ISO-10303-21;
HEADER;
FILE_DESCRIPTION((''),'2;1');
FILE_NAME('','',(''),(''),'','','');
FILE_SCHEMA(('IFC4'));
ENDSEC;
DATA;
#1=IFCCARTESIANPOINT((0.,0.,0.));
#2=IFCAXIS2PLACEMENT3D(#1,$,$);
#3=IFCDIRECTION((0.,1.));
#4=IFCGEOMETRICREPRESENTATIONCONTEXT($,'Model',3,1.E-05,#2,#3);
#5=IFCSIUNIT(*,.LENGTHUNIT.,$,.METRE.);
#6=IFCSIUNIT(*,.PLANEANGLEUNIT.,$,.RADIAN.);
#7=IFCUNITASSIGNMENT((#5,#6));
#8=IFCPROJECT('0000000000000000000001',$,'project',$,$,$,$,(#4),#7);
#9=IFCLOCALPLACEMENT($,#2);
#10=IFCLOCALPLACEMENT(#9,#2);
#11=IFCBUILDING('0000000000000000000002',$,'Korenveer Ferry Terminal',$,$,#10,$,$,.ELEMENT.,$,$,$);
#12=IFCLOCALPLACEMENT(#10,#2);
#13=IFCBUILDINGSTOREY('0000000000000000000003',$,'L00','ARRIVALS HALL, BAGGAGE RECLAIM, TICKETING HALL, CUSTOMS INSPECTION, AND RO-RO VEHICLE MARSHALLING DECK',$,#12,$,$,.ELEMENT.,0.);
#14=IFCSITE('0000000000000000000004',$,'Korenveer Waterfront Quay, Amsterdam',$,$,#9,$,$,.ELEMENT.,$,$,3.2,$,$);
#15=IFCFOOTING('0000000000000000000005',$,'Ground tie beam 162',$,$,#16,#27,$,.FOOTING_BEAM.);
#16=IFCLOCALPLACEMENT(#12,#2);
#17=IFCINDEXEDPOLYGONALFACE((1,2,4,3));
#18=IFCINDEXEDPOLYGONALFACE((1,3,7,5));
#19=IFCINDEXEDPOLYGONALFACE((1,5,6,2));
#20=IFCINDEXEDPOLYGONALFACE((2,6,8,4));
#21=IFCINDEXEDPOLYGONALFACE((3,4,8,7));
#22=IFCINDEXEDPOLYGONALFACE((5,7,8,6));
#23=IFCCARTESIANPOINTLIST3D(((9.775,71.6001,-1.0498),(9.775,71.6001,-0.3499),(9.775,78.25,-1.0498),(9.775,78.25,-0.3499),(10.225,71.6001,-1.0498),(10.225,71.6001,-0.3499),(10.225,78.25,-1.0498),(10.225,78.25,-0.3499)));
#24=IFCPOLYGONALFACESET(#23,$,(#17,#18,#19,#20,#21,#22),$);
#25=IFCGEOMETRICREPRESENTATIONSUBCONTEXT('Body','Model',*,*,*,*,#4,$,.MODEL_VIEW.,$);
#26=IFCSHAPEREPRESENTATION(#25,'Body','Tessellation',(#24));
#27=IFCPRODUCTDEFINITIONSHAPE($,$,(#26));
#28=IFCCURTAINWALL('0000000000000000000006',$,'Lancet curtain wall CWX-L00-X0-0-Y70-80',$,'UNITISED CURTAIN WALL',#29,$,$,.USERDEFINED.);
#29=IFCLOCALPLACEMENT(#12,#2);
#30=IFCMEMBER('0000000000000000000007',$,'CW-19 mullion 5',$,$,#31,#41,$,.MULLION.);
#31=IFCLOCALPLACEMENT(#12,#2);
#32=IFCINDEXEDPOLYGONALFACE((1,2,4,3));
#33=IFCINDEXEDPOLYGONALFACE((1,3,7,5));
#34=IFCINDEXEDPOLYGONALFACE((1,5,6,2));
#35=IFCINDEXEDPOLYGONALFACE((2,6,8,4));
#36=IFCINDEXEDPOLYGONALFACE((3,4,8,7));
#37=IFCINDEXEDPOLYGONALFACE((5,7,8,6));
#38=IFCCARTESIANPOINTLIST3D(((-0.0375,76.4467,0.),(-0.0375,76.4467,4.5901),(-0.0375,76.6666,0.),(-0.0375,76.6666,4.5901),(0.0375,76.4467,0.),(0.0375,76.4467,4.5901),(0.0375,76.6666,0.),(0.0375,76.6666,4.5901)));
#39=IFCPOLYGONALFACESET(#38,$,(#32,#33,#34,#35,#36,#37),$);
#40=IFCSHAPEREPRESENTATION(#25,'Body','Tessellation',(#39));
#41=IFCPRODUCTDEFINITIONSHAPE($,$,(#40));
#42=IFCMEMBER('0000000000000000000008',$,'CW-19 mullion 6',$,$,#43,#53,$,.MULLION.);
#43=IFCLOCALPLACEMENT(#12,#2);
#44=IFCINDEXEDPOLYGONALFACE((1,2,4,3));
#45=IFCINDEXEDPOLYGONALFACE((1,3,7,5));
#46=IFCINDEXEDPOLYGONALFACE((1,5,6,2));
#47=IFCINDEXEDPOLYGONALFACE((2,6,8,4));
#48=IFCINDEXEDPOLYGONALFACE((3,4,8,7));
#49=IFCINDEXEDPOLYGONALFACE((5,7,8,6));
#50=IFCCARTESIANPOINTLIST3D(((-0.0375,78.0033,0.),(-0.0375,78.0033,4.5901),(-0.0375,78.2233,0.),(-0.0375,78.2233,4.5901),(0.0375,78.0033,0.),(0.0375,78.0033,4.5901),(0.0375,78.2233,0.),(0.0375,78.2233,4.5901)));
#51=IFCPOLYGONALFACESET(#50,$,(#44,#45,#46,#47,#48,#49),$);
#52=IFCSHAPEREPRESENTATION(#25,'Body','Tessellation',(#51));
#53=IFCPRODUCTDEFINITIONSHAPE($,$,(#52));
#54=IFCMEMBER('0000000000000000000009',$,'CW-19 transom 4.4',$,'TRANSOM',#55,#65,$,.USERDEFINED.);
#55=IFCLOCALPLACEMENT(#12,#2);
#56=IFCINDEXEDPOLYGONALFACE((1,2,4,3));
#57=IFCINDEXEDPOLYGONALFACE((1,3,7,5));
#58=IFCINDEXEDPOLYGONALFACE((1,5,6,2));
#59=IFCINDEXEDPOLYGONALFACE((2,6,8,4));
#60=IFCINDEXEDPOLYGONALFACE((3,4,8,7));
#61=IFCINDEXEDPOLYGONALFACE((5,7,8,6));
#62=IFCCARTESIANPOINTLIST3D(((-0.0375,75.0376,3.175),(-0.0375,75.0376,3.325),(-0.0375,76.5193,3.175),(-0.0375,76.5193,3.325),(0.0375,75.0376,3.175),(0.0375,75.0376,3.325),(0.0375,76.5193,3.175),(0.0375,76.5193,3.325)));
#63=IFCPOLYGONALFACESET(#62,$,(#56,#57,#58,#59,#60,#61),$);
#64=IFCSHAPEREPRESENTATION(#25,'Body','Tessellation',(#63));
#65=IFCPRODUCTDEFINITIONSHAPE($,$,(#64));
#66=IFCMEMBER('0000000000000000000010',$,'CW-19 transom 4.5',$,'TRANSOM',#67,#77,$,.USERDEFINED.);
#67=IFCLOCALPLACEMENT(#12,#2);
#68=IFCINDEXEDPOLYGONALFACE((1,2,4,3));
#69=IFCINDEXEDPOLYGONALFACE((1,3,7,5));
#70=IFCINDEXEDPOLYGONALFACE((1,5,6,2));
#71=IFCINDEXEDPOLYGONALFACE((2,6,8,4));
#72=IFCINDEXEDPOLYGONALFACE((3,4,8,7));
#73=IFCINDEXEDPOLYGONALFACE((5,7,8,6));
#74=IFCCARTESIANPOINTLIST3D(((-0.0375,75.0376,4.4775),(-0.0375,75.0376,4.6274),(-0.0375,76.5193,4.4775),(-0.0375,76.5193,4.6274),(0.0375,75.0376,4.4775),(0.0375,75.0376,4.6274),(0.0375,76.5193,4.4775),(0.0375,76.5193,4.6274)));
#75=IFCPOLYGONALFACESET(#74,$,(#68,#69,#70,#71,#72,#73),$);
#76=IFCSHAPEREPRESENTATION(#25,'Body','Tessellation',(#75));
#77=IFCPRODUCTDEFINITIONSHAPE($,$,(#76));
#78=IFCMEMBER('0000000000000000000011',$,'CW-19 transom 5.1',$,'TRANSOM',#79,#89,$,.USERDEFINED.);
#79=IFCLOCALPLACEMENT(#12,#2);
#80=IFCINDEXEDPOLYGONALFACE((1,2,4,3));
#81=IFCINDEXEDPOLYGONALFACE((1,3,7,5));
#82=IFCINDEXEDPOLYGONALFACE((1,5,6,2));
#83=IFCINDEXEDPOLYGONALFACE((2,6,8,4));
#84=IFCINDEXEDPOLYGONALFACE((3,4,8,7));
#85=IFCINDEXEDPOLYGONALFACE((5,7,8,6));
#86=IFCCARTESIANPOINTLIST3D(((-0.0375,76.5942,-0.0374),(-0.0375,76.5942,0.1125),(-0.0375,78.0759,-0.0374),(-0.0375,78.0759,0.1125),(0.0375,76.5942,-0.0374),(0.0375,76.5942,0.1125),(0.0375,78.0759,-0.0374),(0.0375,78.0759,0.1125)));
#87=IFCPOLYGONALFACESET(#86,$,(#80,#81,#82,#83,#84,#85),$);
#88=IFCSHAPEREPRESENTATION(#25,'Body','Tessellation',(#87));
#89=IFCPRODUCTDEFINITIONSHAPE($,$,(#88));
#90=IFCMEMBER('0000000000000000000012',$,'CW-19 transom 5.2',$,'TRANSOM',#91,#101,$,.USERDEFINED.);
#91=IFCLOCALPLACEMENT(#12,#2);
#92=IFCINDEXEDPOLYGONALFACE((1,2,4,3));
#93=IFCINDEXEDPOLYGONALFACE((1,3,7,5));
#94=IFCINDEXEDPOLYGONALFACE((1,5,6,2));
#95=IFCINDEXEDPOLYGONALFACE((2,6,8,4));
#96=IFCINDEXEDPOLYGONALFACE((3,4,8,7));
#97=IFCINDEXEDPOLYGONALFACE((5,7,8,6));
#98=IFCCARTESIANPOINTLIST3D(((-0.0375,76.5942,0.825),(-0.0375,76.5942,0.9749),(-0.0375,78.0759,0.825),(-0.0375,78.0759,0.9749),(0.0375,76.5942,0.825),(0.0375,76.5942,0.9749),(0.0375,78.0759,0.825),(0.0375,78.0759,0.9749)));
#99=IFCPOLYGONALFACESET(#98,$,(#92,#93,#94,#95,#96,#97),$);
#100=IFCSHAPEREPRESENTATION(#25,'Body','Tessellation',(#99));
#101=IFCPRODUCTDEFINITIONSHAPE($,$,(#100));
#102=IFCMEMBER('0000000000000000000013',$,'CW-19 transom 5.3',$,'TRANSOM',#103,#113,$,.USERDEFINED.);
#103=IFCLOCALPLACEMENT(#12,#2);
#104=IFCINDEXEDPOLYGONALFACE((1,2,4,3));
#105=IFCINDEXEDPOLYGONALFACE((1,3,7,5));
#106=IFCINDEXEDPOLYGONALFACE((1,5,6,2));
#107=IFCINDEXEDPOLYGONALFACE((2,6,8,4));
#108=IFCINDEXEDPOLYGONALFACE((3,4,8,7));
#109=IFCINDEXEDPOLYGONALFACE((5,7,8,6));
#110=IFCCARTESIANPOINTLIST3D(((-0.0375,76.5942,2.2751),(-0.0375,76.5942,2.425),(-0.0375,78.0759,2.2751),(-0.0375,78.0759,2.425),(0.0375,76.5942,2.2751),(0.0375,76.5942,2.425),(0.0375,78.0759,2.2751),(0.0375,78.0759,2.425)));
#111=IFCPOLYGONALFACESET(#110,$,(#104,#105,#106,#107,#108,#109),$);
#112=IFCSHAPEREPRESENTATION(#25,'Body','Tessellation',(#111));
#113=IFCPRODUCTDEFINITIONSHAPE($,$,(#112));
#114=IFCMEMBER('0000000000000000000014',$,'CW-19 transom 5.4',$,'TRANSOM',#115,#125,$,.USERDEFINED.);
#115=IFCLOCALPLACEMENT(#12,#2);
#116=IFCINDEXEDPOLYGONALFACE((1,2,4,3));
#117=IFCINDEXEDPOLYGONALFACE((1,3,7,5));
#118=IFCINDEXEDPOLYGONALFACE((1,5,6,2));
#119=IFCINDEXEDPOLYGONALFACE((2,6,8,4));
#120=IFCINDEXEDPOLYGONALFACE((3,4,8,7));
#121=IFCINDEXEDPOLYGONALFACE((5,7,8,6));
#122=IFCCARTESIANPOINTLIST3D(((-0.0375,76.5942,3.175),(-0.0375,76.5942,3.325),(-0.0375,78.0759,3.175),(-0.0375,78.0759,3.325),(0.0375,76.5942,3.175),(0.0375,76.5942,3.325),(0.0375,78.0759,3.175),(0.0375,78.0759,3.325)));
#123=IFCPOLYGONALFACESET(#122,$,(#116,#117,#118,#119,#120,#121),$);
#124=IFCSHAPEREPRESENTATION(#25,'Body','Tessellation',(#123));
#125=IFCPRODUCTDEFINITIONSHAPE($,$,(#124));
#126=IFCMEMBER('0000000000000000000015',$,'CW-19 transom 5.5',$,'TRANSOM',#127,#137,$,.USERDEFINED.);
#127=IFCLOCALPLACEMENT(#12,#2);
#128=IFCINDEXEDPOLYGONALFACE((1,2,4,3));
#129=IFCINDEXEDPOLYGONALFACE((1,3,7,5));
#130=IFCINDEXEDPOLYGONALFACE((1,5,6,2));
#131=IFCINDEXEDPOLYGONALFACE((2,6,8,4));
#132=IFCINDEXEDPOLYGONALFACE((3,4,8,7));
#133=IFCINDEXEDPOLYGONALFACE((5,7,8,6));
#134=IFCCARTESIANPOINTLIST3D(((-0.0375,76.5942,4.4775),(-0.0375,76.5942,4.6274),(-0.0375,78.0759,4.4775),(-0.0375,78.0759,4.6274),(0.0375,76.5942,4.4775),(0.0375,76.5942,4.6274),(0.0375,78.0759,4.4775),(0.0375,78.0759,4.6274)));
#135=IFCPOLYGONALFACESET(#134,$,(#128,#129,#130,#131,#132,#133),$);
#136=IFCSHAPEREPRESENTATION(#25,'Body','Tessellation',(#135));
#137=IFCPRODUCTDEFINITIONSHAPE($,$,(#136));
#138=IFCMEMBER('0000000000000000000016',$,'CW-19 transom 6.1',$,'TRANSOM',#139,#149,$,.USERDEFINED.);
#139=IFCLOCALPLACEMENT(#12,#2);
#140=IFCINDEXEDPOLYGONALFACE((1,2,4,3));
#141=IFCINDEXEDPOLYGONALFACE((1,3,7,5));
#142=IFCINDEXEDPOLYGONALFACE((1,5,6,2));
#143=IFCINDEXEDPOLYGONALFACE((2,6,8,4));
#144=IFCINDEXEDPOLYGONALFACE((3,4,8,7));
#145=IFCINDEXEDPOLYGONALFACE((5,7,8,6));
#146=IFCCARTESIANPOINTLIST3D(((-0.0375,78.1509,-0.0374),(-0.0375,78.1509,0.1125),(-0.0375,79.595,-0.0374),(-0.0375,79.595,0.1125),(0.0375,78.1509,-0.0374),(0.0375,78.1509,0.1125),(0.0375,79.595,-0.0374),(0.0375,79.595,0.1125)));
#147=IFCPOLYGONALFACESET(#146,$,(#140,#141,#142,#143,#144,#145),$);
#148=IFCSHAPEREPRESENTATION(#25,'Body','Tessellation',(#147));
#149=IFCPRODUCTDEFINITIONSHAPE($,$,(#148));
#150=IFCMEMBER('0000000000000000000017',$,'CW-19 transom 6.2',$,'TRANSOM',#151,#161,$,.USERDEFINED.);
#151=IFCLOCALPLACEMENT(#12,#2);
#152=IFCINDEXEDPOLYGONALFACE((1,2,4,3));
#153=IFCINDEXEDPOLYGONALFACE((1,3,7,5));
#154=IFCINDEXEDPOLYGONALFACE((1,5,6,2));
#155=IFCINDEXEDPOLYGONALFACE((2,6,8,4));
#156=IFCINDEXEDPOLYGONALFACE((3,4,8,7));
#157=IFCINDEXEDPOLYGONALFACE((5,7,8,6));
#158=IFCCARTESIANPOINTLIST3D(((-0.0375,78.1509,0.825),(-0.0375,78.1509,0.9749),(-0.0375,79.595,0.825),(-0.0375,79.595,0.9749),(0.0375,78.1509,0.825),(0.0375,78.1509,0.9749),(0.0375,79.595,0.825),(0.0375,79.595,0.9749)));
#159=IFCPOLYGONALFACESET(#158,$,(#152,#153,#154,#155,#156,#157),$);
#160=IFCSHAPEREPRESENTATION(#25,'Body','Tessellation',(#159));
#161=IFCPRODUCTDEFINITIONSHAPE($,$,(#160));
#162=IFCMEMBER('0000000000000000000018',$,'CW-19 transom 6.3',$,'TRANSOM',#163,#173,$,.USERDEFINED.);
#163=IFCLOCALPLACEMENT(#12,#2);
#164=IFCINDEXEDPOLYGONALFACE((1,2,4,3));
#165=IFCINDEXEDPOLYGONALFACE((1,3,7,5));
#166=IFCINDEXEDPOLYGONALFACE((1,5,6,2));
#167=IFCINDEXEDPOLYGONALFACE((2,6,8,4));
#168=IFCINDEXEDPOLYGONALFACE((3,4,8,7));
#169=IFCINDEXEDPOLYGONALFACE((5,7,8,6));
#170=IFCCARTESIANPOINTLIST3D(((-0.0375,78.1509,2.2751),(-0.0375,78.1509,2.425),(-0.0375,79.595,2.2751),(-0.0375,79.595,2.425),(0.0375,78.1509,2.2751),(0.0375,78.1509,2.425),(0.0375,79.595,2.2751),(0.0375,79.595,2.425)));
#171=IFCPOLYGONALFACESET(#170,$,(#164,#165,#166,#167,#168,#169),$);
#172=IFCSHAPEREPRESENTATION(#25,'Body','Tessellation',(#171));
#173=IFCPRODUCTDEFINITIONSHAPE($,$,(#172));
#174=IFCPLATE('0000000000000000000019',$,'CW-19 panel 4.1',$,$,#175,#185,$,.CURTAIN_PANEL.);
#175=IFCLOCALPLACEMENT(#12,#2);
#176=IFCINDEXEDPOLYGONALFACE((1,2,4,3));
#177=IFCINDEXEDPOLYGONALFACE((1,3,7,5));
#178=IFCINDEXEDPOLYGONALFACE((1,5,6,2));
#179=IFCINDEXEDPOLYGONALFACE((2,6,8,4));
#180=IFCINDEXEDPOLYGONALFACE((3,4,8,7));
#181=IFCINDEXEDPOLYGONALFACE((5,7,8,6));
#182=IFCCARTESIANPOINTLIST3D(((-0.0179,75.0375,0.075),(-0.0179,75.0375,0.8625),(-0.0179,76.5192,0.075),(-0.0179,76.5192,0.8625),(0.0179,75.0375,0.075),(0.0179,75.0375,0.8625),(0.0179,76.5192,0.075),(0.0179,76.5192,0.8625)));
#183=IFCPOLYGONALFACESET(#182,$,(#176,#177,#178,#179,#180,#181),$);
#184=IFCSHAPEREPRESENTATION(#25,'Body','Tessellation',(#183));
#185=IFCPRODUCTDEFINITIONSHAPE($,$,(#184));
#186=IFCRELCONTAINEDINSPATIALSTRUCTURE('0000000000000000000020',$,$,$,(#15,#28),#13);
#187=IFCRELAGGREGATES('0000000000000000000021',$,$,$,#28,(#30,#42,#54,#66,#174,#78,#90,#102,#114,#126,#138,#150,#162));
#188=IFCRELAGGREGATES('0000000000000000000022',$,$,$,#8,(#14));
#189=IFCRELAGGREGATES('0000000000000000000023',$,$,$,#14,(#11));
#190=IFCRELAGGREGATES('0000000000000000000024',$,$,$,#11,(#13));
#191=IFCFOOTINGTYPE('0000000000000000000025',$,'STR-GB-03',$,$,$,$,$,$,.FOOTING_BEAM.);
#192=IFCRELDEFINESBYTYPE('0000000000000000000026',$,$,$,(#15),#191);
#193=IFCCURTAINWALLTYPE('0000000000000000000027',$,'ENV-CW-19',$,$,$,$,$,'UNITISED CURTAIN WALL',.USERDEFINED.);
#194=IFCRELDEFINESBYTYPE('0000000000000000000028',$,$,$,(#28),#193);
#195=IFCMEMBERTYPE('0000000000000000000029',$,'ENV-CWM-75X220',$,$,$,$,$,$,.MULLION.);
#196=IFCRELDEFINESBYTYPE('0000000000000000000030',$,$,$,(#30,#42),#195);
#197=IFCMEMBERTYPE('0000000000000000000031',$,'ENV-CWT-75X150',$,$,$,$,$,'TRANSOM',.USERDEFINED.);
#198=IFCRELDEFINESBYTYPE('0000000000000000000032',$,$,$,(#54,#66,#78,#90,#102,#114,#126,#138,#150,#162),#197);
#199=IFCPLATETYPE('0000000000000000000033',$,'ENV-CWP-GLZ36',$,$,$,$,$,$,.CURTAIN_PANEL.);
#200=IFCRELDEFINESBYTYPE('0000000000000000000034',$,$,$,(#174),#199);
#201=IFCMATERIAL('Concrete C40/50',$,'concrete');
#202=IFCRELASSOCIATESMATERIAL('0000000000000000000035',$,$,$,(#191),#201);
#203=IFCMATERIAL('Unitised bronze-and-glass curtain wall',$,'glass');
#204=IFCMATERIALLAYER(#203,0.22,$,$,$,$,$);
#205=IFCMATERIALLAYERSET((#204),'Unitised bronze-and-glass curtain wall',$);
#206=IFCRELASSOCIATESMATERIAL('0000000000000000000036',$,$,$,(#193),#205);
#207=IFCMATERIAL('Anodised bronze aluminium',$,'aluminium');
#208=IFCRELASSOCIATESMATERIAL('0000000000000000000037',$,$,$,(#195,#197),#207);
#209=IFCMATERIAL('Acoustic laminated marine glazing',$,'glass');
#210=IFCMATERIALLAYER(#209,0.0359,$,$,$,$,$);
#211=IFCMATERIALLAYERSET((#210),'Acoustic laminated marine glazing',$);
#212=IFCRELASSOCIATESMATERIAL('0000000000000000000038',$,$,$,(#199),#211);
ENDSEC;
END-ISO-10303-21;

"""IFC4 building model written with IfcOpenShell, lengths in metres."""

from ifc_helpers import new_model, si_unit, direction, frame, origin, origin_2d, place, context, subcontext, project, spatial, rectangle, extrude, material, layer, layer_set, material_profile, profile_set, type_object, element, aggregate, save


model = new_model("IFC4")

# Units and contexts
model_context = context("Model", 3, precision=1e-05, world=origin(), true_north=direction((0.0, 1.0)))
body_context = subcontext(model_context, "Body", "Model", "MODEL_VIEW")
ifc_project = project(units=[si_unit("LENGTHUNIT", "METRE"), si_unit("PLANEANGLEUNIT", "RADIAN")], contexts=[model_context])

# Site, building, storey
site_placement = place(None, origin())
site = spatial("IfcSite", under=ifc_project, at=site_placement, Name="Korenveer Waterfront Quay, Amsterdam", CompositionType="ELEMENT", RefElevation=3.2)
building_placement = place(site_placement, origin())
building = spatial("IfcBuilding", under=site, at=building_placement, Name="Korenveer Ferry Terminal", CompositionType="ELEMENT")
storey_placement = place(building_placement, origin())
storey = spatial("IfcBuildingStorey", under=building, at=storey_placement, Name="L00", Description="ARRIVALS HALL, BAGGAGE RECLAIM, TICKETING HALL, CUSTOMS INSPECTION, AND RO-RO VEHICLE MARSHALLING DECK", CompositionType="ELEMENT", Elevation=0.0)

# Footing
ifc_material_1 = material(Name="Concrete C40/50", Category="concrete")
footing_type = type_object("IfcFootingType", Name="STR-GB-03", PredefinedType="FOOTING_BEAM", material=ifc_material_1)
footing_placement = place(storey_placement, frame((10.0, 74.925, -1.0498), z_axis=(0.0, 0.0, 1.0), x_axis=(1.0, 0.0, 0.0)))
element("IfcFooting", 1, at=footing_placement, inside=storey, type_object=footing_type, Name="Ground tie beam 162", PredefinedType="FOOTING_BEAM", context=body_context, shape_type="SweptSolid", body=[
    extrude(rectangle(XDim=0.45, YDim=6.6499, at=origin_2d()), origin(), (0.0, 0.0, 1.0), 0.7),
])

# Curtain wall, members, plate
ifc_material_2 = material(Name="Unitised bronze-and-glass curtain wall", Category="glass")
ifc_layer_1 = layer(ifc_material_2, 0.22)
ifc_layer_set_1 = layer_set([ifc_layer_1], Name="Unitised bronze-and-glass curtain wall")
curtain_wall_type = type_object("IfcCurtainWallType", Name="ENV-CW-19", ElementType="UNITISED CURTAIN WALL", PredefinedType="USERDEFINED", material=ifc_layer_set_1)
curtain_wall_placement = place(storey_placement, frame((0.0, 70.3301, 0.0)))
curtain_wall = element("IfcCurtainWall", 2, at=curtain_wall_placement, inside=storey, type_object=curtain_wall_type, Name="Lancet curtain wall CWX-L00-X0-0-Y70-80", ObjectType="UNITISED CURTAIN WALL", PredefinedType="USERDEFINED")
ifc_material_3 = material(Name="Anodised bronze aluminium", Category="aluminium")
ifc_material_profile_1 = material_profile(ifc_material_3, rectangle(XDim=0.075, YDim=0.22, at=origin_2d()), Name="ALU 75x220")
ifc_profile_set_1 = profile_set([ifc_material_profile_1], Name="Anodised bronze aluminium")
member_type_1 = type_object("IfcMemberType", Name="ENV-CWM-75X220", PredefinedType="MULLION", material=ifc_profile_set_1)
member_1_placement = place(storey_placement, frame((0.0, 76.5566, 0.0), z_axis=(0.0, 0.0, 1.0), x_axis=(-1.0, 0.0, 0.0)))
member_1 = element("IfcMember", 3, at=member_1_placement, type_object=member_type_1, Name="CW-19 mullion 5", PredefinedType="MULLION", context=body_context, shape_type="SweptSolid", body=[
    extrude(rectangle(XDim=0.075, YDim=0.22, at=origin_2d()), origin(), (0.0, 0.0, 1.0), 4.5901),
])
member_2_placement = place(storey_placement, frame((0.0, 78.1133, 0.0), z_axis=(0.0, 0.0, 1.0), x_axis=(-1.0, 0.0, 0.0)))
member_2 = element("IfcMember", 4, at=member_2_placement, type_object=member_type_1, Name="CW-19 mullion 6", PredefinedType="MULLION", context=body_context, shape_type="SweptSolid", body=[
    extrude(rectangle(XDim=0.075, YDim=0.22, at=origin_2d()), origin(), (0.0, 0.0, 1.0), 4.5901),
])
ifc_material_profile_2 = material_profile(ifc_material_3, rectangle(XDim=0.075, YDim=0.1499, at=origin_2d()), Name="ALU 75x150")
ifc_profile_set_2 = profile_set([ifc_material_profile_2], Name="Anodised bronze aluminium")
member_type_2 = type_object("IfcMemberType", Name="ENV-CWT-75X150", ElementType="TRANSOM", PredefinedType="USERDEFINED", material=ifc_profile_set_2)
member_3_placement = place(storey_placement, frame((0.0, 75.0376, 3.25), z_axis=(0.0, 1.0, 0.0), x_axis=(-1.0, 0.0, 0.0)))
member_3 = element("IfcMember", 5, at=member_3_placement, type_object=member_type_2, Name="CW-19 transom 4.4", ObjectType="TRANSOM", PredefinedType="USERDEFINED", context=body_context, shape_type="SweptSolid", body=[
    extrude(rectangle(XDim=0.075, YDim=0.1499, at=origin_2d()), origin(), (0.0, 0.0, 1.0), 1.4817),
])
member_4_placement = place(storey_placement, frame((0.0, 75.0376, 4.5525), z_axis=(0.0, 1.0, 0.0), x_axis=(-1.0, 0.0, 0.0)))
member_4 = element("IfcMember", 6, at=member_4_placement, type_object=member_type_2, Name="CW-19 transom 4.5", ObjectType="TRANSOM", PredefinedType="USERDEFINED", context=body_context, shape_type="SweptSolid", body=[
    extrude(rectangle(XDim=0.075, YDim=0.1499, at=origin_2d()), origin(), (0.0, 0.0, 1.0), 1.4817),
])
member_5_placement = place(storey_placement, frame((0.0, 76.5942, 0.0376), z_axis=(0.0, 1.0, 0.0), x_axis=(-1.0, 0.0, 0.0)))
member_5 = element("IfcMember", 7, at=member_5_placement, type_object=member_type_2, Name="CW-19 transom 5.1", ObjectType="TRANSOM", PredefinedType="USERDEFINED", context=body_context, shape_type="SweptSolid", body=[
    extrude(rectangle(XDim=0.075, YDim=0.1499, at=origin_2d()), origin(), (0.0, 0.0, 1.0), 1.4817),
])
member_6_placement = place(storey_placement, frame((0.0, 76.5942, 0.8999), z_axis=(0.0, 1.0, 0.0), x_axis=(-1.0, 0.0, 0.0)))
member_6 = element("IfcMember", 8, at=member_6_placement, type_object=member_type_2, Name="CW-19 transom 5.2", ObjectType="TRANSOM", PredefinedType="USERDEFINED", context=body_context, shape_type="SweptSolid", body=[
    extrude(rectangle(XDim=0.075, YDim=0.1499, at=origin_2d()), origin(), (0.0, 0.0, 1.0), 1.4817),
])
member_7_placement = place(storey_placement, frame((0.0, 76.5942, 2.3501), z_axis=(0.0, 1.0, 0.0), x_axis=(-1.0, 0.0, 0.0)))
member_7 = element("IfcMember", 9, at=member_7_placement, type_object=member_type_2, Name="CW-19 transom 5.3", ObjectType="TRANSOM", PredefinedType="USERDEFINED", context=body_context, shape_type="SweptSolid", body=[
    extrude(rectangle(XDim=0.075, YDim=0.1499, at=origin_2d()), origin(), (0.0, 0.0, 1.0), 1.4817),
])
member_8_placement = place(storey_placement, frame((0.0, 76.5942, 3.25), z_axis=(0.0, 1.0, 0.0), x_axis=(-1.0, 0.0, 0.0)))
member_8 = element("IfcMember", 10, at=member_8_placement, type_object=member_type_2, Name="CW-19 transom 5.4", ObjectType="TRANSOM", PredefinedType="USERDEFINED", context=body_context, shape_type="SweptSolid", body=[
    extrude(rectangle(XDim=0.075, YDim=0.1499, at=origin_2d()), origin(), (0.0, 0.0, 1.0), 1.4817),
])
member_9_placement = place(storey_placement, frame((0.0, 76.5942, 4.5525), z_axis=(0.0, 1.0, 0.0), x_axis=(-1.0, 0.0, 0.0)))
member_9 = element("IfcMember", 11, at=member_9_placement, type_object=member_type_2, Name="CW-19 transom 5.5", ObjectType="TRANSOM", PredefinedType="USERDEFINED", context=body_context, shape_type="SweptSolid", body=[
    extrude(rectangle(XDim=0.075, YDim=0.1499, at=origin_2d()), origin(), (0.0, 0.0, 1.0), 1.4817),
])
member_10_placement = place(storey_placement, frame((0.0, 78.1509, 0.0376), z_axis=(0.0, 1.0, 0.0), x_axis=(-1.0, 0.0, 0.0)))
member_10 = element("IfcMember", 12, at=member_10_placement, type_object=member_type_2, Name="CW-19 transom 6.1", ObjectType="TRANSOM", PredefinedType="USERDEFINED", context=body_context, shape_type="SweptSolid", body=[
    extrude(rectangle(XDim=0.075, YDim=0.1499, at=origin_2d()), origin(), (0.0, 0.0, 1.0), 1.4441),
])
member_11_placement = place(storey_placement, frame((0.0, 78.1509, 0.8999), z_axis=(0.0, 1.0, 0.0), x_axis=(-1.0, 0.0, 0.0)))
member_11 = element("IfcMember", 13, at=member_11_placement, type_object=member_type_2, Name="CW-19 transom 6.2", ObjectType="TRANSOM", PredefinedType="USERDEFINED", context=body_context, shape_type="SweptSolid", body=[
    extrude(rectangle(XDim=0.075, YDim=0.1499, at=origin_2d()), origin(), (0.0, 0.0, 1.0), 1.4441),
])
member_12_placement = place(storey_placement, frame((0.0, 78.1509, 2.3501), z_axis=(0.0, 1.0, 0.0), x_axis=(-1.0, 0.0, 0.0)))
member_12 = element("IfcMember", 14, at=member_12_placement, type_object=member_type_2, Name="CW-19 transom 6.3", ObjectType="TRANSOM", PredefinedType="USERDEFINED", context=body_context, shape_type="SweptSolid", body=[
    extrude(rectangle(XDim=0.075, YDim=0.1499, at=origin_2d()), origin(), (0.0, 0.0, 1.0), 1.4441),
])
ifc_material_4 = material(Name="Acoustic laminated marine glazing", Category="glass")
ifc_layer_2 = layer(ifc_material_4, 0.0359)
ifc_layer_set_2 = layer_set([ifc_layer_2], Name="Acoustic laminated marine glazing")
plate_type = type_object("IfcPlateType", Name="ENV-CWP-GLZ36", PredefinedType="CURTAIN_PANEL", material=ifc_layer_set_2)
plate_1_placement = place(storey_placement, frame((0.0, 75.7783, 0.075), z_axis=(0.0, 0.0, 1.0), x_axis=(0.0, 1.0, 0.0)))
plate_1 = element("IfcPlate", 15, at=plate_1_placement, type_object=plate_type, Name="CW-19 panel 4.1", PredefinedType="CURTAIN_PANEL", context=body_context, shape_type="SweptSolid", body=[
    extrude(rectangle(XDim=1.4817, YDim=0.0359, at=origin_2d()), origin(), (0.0, 0.0, 1.0), 0.7876),
])
aggregate(curtain_wall, [member_1, member_2, member_3, member_4, plate_1, member_5, member_6, member_7, member_8, member_9, member_10, member_11, member_12])

save(model, "model.ifc")
